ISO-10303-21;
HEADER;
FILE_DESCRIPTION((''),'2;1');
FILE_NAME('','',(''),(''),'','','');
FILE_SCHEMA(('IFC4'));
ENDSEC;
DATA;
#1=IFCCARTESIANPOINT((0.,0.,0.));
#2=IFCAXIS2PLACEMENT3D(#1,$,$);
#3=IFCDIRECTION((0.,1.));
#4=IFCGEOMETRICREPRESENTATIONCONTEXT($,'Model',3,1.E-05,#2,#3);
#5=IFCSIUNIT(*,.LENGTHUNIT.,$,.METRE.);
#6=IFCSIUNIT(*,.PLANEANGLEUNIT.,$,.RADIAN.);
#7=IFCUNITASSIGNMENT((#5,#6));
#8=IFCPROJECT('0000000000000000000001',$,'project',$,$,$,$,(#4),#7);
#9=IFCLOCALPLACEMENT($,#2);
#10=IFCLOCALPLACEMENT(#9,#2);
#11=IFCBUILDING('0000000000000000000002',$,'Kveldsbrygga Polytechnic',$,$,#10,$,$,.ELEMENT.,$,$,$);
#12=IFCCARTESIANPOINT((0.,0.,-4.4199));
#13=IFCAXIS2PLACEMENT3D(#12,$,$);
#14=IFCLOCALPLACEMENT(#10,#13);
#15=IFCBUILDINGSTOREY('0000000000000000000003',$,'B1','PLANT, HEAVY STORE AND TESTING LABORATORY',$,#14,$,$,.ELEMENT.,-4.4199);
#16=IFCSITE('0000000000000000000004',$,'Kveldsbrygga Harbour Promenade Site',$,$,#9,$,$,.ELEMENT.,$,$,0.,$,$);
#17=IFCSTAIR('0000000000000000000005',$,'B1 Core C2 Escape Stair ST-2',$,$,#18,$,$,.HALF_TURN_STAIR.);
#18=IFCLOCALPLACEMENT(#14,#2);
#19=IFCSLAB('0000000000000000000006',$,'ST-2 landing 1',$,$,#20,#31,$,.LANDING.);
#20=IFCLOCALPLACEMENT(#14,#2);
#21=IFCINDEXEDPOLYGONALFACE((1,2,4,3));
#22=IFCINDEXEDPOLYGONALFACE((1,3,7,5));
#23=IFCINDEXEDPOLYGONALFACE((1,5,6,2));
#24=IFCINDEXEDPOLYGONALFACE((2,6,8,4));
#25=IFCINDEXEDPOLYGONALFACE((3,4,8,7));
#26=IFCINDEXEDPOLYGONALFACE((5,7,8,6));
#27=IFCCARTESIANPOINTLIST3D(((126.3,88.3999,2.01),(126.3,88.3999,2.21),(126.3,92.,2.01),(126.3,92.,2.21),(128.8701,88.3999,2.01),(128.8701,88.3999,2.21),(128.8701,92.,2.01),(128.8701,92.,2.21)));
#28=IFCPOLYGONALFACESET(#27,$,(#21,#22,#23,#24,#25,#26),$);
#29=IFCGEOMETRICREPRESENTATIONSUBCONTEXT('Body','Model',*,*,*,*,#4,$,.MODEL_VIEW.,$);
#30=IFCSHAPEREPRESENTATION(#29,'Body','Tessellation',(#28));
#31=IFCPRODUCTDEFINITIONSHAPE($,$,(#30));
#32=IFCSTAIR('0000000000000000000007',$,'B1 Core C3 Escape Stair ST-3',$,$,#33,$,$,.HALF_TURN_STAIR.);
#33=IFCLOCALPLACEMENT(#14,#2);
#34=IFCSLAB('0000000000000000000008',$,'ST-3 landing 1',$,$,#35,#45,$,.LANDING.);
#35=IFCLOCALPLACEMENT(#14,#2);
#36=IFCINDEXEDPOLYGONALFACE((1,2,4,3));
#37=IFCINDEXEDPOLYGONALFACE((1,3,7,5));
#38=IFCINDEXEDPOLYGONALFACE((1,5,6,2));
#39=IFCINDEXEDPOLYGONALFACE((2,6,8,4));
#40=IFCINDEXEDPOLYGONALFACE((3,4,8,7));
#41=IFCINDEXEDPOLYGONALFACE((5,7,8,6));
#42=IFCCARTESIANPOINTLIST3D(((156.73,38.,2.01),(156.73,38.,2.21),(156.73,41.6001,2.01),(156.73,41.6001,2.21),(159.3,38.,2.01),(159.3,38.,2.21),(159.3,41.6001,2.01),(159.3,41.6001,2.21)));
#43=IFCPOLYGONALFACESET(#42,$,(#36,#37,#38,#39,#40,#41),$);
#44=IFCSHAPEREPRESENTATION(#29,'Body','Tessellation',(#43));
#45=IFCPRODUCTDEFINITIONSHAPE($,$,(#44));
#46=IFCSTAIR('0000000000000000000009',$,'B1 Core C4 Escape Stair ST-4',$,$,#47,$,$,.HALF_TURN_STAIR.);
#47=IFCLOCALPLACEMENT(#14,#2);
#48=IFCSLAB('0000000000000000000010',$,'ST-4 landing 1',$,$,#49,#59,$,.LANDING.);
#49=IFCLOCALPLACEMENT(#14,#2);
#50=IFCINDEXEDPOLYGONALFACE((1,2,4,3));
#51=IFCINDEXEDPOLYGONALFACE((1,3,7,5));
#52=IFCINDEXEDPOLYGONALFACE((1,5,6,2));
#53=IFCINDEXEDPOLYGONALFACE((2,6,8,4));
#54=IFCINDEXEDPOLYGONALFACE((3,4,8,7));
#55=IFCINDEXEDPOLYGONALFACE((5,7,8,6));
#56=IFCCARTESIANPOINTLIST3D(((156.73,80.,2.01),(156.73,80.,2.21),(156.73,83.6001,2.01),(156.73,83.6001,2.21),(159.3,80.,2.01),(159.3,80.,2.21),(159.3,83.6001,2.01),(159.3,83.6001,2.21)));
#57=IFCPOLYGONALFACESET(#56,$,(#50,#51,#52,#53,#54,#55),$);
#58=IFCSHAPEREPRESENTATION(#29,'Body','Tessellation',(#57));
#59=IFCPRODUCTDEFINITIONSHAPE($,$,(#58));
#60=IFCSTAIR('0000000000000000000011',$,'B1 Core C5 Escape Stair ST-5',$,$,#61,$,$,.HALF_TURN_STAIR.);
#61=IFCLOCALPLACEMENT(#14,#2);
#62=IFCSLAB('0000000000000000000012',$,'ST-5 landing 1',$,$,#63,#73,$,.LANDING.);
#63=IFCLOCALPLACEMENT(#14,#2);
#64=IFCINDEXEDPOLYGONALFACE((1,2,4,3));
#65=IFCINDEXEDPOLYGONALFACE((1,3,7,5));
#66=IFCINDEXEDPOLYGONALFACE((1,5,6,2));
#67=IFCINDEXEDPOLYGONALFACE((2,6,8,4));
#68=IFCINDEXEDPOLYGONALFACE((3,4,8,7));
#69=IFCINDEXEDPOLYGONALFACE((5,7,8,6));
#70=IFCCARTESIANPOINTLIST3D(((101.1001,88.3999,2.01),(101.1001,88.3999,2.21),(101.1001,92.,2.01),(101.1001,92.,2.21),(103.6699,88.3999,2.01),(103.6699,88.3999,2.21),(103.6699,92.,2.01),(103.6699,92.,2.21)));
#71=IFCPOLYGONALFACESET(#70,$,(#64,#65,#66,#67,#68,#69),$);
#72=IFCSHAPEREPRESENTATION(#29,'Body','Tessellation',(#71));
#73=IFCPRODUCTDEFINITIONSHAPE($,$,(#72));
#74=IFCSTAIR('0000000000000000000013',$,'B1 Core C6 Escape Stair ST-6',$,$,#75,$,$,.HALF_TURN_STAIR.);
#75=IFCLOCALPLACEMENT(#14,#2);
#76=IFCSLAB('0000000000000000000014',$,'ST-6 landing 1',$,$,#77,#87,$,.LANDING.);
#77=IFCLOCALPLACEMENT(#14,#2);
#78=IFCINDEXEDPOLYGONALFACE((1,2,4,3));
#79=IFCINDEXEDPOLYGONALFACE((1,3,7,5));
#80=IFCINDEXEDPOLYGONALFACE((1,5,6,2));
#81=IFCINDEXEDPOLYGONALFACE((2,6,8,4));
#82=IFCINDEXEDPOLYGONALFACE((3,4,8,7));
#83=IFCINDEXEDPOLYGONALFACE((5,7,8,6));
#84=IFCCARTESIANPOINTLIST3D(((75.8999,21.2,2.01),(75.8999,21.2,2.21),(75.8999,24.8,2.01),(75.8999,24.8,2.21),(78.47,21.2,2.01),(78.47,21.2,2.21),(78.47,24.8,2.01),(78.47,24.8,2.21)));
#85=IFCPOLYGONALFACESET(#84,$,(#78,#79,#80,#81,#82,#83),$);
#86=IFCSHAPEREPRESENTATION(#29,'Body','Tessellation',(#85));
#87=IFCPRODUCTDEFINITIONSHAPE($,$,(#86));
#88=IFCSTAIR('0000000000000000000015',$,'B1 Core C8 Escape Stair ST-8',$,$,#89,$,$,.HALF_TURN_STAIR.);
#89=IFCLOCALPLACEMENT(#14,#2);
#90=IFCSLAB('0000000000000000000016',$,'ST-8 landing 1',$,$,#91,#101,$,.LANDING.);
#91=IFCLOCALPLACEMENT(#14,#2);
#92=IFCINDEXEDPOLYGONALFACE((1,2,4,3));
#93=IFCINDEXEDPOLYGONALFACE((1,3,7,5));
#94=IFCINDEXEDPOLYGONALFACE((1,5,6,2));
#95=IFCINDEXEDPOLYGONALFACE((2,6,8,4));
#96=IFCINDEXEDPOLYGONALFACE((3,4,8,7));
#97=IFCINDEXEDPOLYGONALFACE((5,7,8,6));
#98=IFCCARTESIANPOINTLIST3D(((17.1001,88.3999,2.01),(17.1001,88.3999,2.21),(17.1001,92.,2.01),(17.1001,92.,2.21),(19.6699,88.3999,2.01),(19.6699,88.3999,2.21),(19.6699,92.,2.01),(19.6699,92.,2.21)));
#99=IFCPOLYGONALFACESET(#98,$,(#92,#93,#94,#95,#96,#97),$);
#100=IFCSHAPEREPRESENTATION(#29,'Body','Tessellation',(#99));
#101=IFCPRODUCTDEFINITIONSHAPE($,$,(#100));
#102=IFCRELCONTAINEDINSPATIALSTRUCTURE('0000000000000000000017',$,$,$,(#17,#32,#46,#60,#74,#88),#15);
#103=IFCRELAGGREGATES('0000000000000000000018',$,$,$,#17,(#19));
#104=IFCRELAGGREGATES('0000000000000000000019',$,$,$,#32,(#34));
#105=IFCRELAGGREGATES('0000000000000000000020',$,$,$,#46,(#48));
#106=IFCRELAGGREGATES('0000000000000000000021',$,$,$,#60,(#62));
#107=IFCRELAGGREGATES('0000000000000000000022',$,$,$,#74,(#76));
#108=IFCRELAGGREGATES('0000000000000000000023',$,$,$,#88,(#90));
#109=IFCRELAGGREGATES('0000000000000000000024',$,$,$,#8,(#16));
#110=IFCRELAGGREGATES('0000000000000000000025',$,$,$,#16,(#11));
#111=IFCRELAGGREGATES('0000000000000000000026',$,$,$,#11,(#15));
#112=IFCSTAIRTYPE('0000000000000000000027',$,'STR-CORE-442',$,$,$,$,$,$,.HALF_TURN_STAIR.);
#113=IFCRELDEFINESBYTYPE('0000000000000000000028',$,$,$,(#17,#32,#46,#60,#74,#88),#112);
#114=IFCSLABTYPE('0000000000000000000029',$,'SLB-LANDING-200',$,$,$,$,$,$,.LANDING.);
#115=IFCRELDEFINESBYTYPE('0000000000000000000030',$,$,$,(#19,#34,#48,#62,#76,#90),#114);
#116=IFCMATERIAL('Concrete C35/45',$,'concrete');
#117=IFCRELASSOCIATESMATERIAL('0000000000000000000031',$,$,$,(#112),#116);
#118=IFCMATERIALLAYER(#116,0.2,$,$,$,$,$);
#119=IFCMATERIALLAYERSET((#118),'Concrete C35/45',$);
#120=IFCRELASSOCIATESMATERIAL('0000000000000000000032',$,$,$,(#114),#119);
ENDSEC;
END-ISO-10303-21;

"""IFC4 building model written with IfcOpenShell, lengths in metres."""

from ifc_helpers import new_model, si_unit, direction, frame, origin, place, context, subcontext, project, spatial, polyline, outline, extrude, material, layer, layer_set, type_object, element, aggregate, save


model = new_model("IFC4")

# Units and contexts
model_context = context("Model", 3, precision=1e-05, world=origin(), true_north=direction((0.0, 1.0)))
body_context = subcontext(model_context, "Body", "Model", "MODEL_VIEW")
ifc_project = project(units=[si_unit("LENGTHUNIT", "METRE"), si_unit("PLANEANGLEUNIT", "RADIAN")], contexts=[model_context])

# Site, building, storey
site_placement = place(None, origin())
site = spatial("IfcSite", under=ifc_project, at=site_placement, Name="Kveldsbrygga Harbour Promenade Site", CompositionType="ELEMENT", RefElevation=0.0)
building_placement = place(site_placement, origin())
building = spatial("IfcBuilding", under=site, at=building_placement, Name="Kveldsbrygga Polytechnic", CompositionType="ELEMENT")
storey_placement = place(building_placement, frame((0.0, 0.0, -4.4199)))
storey = spatial("IfcBuildingStorey", under=building, at=storey_placement, Name="B1", Description="PLANT, HEAVY STORE AND TESTING LABORATORY", CompositionType="ELEMENT", Elevation=-4.4199)

# Shared definitions
ifc_material_1 = material(Name="Concrete C35/45", Category="concrete")

# Stairs, slabs
stair_type = type_object("IfcStairType", Name="STR-CORE-442", PredefinedType="HALF_TURN_STAIR", material=ifc_material_1)
ifc_layer_1 = layer(ifc_material_1, 0.2)
ifc_layer_set_1 = layer_set([ifc_layer_1], Name="Concrete C35/45")
slab_type_1 = type_object("IfcSlabType", Name="SLB-LANDING-200", PredefinedType="LANDING", material=ifc_layer_set_1)
stair_1_placement = place(storey_placement, origin())
stair_1 = element("IfcStair", 1, at=stair_1_placement, inside=storey, type_object=stair_type, Name="B1 Core C2 Escape Stair ST-2", PredefinedType="HALF_TURN_STAIR")
slab_1_placement = place(storey_placement, frame((0.0, 0.0, 2.01)))
slab_1 = element("IfcSlab", 2, at=slab_1_placement, type_object=slab_type_1, Name="ST-2 landing 1", PredefinedType="LANDING", context=body_context, shape_type="SweptSolid", body=[
    extrude(outline(polyline([(128.8701, 92.0), (126.3, 92.0), (126.3, 88.3999), (128.8701, 88.3999), (128.8701, 92.0)])), origin(), (0.0, 0.0, 1.0), 0.2),
])
aggregate(stair_1, [slab_1])
stair_2_placement = place(storey_placement, origin())
stair_2 = element("IfcStair", 3, at=stair_2_placement, inside=storey, type_object=stair_type, Name="B1 Core C3 Escape Stair ST-3", PredefinedType="HALF_TURN_STAIR")
slab_2_placement = place(storey_placement, frame((0.0, 0.0, 2.01)))
slab_2 = element("IfcSlab", 4, at=slab_2_placement, type_object=slab_type_1, Name="ST-3 landing 1", PredefinedType="LANDING", context=body_context, shape_type="SweptSolid", body=[
    extrude(outline(polyline([(156.73, 38.0), (159.3, 38.0), (159.3, 41.6001), (156.73, 41.6001), (156.73, 38.0)])), origin(), (0.0, 0.0, 1.0), 0.2),
])
aggregate(stair_2, [slab_2])
stair_3_placement = place(storey_placement, origin())
stair_3 = element("IfcStair", 5, at=stair_3_placement, inside=storey, type_object=stair_type, Name="B1 Core C4 Escape Stair ST-4", PredefinedType="HALF_TURN_STAIR")
slab_3_placement = place(storey_placement, frame((0.0, 0.0, 2.01)))
slab_3 = element("IfcSlab", 6, at=slab_3_placement, type_object=slab_type_1, Name="ST-4 landing 1", PredefinedType="LANDING", context=body_context, shape_type="SweptSolid", body=[
    extrude(outline(polyline([(156.73, 80.0), (159.3, 80.0), (159.3, 83.6001), (156.73, 83.6001), (156.73, 80.0)])), origin(), (0.0, 0.0, 1.0), 0.2),
])
aggregate(stair_3, [slab_3])
stair_4_placement = place(storey_placement, origin())
stair_4 = element("IfcStair", 7, at=stair_4_placement, inside=storey, type_object=stair_type, Name="B1 Core C5 Escape Stair ST-5", PredefinedType="HALF_TURN_STAIR")
slab_4_placement = place(storey_placement, frame((0.0, 0.0, 2.01)))
slab_4 = element("IfcSlab", 8, at=slab_4_placement, type_object=slab_type_1, Name="ST-5 landing 1", PredefinedType="LANDING", context=body_context, shape_type="SweptSolid", body=[
    extrude(outline(polyline([(103.6699, 92.0), (101.1001, 92.0), (101.1001, 88.3999), (103.6699, 88.3999), (103.6699, 92.0)])), origin(), (0.0, 0.0, 1.0), 0.2),
])
aggregate(stair_4, [slab_4])
stair_5_placement = place(storey_placement, origin())
stair_5 = element("IfcStair", 9, at=stair_5_placement, inside=storey, type_object=stair_type, Name="B1 Core C6 Escape Stair ST-6", PredefinedType="HALF_TURN_STAIR")
slab_5_placement = place(storey_placement, frame((0.0, 0.0, 2.01)))
slab_5 = element("IfcSlab", 10, at=slab_5_placement, type_object=slab_type_1, Name="ST-6 landing 1", PredefinedType="LANDING", context=body_context, shape_type="SweptSolid", body=[
    extrude(outline(polyline([(78.47, 24.8), (75.8999, 24.8), (75.8999, 21.2), (78.47, 21.2), (78.47, 24.8)])), origin(), (0.0, 0.0, 1.0), 0.2),
])
aggregate(stair_5, [slab_5])
stair_6_placement = place(storey_placement, origin())
stair_6 = element("IfcStair", 11, at=stair_6_placement, inside=storey, type_object=stair_type, Name="B1 Core C8 Escape Stair ST-8", PredefinedType="HALF_TURN_STAIR")
slab_6_placement = place(storey_placement, frame((0.0, 0.0, 2.01)))
slab_6 = element("IfcSlab", 12, at=slab_6_placement, type_object=slab_type_1, Name="ST-8 landing 1", PredefinedType="LANDING", context=body_context, shape_type="SweptSolid", body=[
    extrude(outline(polyline([(19.6699, 92.0), (17.1001, 92.0), (17.1001, 88.3999), (19.6699, 88.3999), (19.6699, 92.0)])), origin(), (0.0, 0.0, 1.0), 0.2),
])
aggregate(stair_6, [slab_6])

save(model, "model.ifc")
